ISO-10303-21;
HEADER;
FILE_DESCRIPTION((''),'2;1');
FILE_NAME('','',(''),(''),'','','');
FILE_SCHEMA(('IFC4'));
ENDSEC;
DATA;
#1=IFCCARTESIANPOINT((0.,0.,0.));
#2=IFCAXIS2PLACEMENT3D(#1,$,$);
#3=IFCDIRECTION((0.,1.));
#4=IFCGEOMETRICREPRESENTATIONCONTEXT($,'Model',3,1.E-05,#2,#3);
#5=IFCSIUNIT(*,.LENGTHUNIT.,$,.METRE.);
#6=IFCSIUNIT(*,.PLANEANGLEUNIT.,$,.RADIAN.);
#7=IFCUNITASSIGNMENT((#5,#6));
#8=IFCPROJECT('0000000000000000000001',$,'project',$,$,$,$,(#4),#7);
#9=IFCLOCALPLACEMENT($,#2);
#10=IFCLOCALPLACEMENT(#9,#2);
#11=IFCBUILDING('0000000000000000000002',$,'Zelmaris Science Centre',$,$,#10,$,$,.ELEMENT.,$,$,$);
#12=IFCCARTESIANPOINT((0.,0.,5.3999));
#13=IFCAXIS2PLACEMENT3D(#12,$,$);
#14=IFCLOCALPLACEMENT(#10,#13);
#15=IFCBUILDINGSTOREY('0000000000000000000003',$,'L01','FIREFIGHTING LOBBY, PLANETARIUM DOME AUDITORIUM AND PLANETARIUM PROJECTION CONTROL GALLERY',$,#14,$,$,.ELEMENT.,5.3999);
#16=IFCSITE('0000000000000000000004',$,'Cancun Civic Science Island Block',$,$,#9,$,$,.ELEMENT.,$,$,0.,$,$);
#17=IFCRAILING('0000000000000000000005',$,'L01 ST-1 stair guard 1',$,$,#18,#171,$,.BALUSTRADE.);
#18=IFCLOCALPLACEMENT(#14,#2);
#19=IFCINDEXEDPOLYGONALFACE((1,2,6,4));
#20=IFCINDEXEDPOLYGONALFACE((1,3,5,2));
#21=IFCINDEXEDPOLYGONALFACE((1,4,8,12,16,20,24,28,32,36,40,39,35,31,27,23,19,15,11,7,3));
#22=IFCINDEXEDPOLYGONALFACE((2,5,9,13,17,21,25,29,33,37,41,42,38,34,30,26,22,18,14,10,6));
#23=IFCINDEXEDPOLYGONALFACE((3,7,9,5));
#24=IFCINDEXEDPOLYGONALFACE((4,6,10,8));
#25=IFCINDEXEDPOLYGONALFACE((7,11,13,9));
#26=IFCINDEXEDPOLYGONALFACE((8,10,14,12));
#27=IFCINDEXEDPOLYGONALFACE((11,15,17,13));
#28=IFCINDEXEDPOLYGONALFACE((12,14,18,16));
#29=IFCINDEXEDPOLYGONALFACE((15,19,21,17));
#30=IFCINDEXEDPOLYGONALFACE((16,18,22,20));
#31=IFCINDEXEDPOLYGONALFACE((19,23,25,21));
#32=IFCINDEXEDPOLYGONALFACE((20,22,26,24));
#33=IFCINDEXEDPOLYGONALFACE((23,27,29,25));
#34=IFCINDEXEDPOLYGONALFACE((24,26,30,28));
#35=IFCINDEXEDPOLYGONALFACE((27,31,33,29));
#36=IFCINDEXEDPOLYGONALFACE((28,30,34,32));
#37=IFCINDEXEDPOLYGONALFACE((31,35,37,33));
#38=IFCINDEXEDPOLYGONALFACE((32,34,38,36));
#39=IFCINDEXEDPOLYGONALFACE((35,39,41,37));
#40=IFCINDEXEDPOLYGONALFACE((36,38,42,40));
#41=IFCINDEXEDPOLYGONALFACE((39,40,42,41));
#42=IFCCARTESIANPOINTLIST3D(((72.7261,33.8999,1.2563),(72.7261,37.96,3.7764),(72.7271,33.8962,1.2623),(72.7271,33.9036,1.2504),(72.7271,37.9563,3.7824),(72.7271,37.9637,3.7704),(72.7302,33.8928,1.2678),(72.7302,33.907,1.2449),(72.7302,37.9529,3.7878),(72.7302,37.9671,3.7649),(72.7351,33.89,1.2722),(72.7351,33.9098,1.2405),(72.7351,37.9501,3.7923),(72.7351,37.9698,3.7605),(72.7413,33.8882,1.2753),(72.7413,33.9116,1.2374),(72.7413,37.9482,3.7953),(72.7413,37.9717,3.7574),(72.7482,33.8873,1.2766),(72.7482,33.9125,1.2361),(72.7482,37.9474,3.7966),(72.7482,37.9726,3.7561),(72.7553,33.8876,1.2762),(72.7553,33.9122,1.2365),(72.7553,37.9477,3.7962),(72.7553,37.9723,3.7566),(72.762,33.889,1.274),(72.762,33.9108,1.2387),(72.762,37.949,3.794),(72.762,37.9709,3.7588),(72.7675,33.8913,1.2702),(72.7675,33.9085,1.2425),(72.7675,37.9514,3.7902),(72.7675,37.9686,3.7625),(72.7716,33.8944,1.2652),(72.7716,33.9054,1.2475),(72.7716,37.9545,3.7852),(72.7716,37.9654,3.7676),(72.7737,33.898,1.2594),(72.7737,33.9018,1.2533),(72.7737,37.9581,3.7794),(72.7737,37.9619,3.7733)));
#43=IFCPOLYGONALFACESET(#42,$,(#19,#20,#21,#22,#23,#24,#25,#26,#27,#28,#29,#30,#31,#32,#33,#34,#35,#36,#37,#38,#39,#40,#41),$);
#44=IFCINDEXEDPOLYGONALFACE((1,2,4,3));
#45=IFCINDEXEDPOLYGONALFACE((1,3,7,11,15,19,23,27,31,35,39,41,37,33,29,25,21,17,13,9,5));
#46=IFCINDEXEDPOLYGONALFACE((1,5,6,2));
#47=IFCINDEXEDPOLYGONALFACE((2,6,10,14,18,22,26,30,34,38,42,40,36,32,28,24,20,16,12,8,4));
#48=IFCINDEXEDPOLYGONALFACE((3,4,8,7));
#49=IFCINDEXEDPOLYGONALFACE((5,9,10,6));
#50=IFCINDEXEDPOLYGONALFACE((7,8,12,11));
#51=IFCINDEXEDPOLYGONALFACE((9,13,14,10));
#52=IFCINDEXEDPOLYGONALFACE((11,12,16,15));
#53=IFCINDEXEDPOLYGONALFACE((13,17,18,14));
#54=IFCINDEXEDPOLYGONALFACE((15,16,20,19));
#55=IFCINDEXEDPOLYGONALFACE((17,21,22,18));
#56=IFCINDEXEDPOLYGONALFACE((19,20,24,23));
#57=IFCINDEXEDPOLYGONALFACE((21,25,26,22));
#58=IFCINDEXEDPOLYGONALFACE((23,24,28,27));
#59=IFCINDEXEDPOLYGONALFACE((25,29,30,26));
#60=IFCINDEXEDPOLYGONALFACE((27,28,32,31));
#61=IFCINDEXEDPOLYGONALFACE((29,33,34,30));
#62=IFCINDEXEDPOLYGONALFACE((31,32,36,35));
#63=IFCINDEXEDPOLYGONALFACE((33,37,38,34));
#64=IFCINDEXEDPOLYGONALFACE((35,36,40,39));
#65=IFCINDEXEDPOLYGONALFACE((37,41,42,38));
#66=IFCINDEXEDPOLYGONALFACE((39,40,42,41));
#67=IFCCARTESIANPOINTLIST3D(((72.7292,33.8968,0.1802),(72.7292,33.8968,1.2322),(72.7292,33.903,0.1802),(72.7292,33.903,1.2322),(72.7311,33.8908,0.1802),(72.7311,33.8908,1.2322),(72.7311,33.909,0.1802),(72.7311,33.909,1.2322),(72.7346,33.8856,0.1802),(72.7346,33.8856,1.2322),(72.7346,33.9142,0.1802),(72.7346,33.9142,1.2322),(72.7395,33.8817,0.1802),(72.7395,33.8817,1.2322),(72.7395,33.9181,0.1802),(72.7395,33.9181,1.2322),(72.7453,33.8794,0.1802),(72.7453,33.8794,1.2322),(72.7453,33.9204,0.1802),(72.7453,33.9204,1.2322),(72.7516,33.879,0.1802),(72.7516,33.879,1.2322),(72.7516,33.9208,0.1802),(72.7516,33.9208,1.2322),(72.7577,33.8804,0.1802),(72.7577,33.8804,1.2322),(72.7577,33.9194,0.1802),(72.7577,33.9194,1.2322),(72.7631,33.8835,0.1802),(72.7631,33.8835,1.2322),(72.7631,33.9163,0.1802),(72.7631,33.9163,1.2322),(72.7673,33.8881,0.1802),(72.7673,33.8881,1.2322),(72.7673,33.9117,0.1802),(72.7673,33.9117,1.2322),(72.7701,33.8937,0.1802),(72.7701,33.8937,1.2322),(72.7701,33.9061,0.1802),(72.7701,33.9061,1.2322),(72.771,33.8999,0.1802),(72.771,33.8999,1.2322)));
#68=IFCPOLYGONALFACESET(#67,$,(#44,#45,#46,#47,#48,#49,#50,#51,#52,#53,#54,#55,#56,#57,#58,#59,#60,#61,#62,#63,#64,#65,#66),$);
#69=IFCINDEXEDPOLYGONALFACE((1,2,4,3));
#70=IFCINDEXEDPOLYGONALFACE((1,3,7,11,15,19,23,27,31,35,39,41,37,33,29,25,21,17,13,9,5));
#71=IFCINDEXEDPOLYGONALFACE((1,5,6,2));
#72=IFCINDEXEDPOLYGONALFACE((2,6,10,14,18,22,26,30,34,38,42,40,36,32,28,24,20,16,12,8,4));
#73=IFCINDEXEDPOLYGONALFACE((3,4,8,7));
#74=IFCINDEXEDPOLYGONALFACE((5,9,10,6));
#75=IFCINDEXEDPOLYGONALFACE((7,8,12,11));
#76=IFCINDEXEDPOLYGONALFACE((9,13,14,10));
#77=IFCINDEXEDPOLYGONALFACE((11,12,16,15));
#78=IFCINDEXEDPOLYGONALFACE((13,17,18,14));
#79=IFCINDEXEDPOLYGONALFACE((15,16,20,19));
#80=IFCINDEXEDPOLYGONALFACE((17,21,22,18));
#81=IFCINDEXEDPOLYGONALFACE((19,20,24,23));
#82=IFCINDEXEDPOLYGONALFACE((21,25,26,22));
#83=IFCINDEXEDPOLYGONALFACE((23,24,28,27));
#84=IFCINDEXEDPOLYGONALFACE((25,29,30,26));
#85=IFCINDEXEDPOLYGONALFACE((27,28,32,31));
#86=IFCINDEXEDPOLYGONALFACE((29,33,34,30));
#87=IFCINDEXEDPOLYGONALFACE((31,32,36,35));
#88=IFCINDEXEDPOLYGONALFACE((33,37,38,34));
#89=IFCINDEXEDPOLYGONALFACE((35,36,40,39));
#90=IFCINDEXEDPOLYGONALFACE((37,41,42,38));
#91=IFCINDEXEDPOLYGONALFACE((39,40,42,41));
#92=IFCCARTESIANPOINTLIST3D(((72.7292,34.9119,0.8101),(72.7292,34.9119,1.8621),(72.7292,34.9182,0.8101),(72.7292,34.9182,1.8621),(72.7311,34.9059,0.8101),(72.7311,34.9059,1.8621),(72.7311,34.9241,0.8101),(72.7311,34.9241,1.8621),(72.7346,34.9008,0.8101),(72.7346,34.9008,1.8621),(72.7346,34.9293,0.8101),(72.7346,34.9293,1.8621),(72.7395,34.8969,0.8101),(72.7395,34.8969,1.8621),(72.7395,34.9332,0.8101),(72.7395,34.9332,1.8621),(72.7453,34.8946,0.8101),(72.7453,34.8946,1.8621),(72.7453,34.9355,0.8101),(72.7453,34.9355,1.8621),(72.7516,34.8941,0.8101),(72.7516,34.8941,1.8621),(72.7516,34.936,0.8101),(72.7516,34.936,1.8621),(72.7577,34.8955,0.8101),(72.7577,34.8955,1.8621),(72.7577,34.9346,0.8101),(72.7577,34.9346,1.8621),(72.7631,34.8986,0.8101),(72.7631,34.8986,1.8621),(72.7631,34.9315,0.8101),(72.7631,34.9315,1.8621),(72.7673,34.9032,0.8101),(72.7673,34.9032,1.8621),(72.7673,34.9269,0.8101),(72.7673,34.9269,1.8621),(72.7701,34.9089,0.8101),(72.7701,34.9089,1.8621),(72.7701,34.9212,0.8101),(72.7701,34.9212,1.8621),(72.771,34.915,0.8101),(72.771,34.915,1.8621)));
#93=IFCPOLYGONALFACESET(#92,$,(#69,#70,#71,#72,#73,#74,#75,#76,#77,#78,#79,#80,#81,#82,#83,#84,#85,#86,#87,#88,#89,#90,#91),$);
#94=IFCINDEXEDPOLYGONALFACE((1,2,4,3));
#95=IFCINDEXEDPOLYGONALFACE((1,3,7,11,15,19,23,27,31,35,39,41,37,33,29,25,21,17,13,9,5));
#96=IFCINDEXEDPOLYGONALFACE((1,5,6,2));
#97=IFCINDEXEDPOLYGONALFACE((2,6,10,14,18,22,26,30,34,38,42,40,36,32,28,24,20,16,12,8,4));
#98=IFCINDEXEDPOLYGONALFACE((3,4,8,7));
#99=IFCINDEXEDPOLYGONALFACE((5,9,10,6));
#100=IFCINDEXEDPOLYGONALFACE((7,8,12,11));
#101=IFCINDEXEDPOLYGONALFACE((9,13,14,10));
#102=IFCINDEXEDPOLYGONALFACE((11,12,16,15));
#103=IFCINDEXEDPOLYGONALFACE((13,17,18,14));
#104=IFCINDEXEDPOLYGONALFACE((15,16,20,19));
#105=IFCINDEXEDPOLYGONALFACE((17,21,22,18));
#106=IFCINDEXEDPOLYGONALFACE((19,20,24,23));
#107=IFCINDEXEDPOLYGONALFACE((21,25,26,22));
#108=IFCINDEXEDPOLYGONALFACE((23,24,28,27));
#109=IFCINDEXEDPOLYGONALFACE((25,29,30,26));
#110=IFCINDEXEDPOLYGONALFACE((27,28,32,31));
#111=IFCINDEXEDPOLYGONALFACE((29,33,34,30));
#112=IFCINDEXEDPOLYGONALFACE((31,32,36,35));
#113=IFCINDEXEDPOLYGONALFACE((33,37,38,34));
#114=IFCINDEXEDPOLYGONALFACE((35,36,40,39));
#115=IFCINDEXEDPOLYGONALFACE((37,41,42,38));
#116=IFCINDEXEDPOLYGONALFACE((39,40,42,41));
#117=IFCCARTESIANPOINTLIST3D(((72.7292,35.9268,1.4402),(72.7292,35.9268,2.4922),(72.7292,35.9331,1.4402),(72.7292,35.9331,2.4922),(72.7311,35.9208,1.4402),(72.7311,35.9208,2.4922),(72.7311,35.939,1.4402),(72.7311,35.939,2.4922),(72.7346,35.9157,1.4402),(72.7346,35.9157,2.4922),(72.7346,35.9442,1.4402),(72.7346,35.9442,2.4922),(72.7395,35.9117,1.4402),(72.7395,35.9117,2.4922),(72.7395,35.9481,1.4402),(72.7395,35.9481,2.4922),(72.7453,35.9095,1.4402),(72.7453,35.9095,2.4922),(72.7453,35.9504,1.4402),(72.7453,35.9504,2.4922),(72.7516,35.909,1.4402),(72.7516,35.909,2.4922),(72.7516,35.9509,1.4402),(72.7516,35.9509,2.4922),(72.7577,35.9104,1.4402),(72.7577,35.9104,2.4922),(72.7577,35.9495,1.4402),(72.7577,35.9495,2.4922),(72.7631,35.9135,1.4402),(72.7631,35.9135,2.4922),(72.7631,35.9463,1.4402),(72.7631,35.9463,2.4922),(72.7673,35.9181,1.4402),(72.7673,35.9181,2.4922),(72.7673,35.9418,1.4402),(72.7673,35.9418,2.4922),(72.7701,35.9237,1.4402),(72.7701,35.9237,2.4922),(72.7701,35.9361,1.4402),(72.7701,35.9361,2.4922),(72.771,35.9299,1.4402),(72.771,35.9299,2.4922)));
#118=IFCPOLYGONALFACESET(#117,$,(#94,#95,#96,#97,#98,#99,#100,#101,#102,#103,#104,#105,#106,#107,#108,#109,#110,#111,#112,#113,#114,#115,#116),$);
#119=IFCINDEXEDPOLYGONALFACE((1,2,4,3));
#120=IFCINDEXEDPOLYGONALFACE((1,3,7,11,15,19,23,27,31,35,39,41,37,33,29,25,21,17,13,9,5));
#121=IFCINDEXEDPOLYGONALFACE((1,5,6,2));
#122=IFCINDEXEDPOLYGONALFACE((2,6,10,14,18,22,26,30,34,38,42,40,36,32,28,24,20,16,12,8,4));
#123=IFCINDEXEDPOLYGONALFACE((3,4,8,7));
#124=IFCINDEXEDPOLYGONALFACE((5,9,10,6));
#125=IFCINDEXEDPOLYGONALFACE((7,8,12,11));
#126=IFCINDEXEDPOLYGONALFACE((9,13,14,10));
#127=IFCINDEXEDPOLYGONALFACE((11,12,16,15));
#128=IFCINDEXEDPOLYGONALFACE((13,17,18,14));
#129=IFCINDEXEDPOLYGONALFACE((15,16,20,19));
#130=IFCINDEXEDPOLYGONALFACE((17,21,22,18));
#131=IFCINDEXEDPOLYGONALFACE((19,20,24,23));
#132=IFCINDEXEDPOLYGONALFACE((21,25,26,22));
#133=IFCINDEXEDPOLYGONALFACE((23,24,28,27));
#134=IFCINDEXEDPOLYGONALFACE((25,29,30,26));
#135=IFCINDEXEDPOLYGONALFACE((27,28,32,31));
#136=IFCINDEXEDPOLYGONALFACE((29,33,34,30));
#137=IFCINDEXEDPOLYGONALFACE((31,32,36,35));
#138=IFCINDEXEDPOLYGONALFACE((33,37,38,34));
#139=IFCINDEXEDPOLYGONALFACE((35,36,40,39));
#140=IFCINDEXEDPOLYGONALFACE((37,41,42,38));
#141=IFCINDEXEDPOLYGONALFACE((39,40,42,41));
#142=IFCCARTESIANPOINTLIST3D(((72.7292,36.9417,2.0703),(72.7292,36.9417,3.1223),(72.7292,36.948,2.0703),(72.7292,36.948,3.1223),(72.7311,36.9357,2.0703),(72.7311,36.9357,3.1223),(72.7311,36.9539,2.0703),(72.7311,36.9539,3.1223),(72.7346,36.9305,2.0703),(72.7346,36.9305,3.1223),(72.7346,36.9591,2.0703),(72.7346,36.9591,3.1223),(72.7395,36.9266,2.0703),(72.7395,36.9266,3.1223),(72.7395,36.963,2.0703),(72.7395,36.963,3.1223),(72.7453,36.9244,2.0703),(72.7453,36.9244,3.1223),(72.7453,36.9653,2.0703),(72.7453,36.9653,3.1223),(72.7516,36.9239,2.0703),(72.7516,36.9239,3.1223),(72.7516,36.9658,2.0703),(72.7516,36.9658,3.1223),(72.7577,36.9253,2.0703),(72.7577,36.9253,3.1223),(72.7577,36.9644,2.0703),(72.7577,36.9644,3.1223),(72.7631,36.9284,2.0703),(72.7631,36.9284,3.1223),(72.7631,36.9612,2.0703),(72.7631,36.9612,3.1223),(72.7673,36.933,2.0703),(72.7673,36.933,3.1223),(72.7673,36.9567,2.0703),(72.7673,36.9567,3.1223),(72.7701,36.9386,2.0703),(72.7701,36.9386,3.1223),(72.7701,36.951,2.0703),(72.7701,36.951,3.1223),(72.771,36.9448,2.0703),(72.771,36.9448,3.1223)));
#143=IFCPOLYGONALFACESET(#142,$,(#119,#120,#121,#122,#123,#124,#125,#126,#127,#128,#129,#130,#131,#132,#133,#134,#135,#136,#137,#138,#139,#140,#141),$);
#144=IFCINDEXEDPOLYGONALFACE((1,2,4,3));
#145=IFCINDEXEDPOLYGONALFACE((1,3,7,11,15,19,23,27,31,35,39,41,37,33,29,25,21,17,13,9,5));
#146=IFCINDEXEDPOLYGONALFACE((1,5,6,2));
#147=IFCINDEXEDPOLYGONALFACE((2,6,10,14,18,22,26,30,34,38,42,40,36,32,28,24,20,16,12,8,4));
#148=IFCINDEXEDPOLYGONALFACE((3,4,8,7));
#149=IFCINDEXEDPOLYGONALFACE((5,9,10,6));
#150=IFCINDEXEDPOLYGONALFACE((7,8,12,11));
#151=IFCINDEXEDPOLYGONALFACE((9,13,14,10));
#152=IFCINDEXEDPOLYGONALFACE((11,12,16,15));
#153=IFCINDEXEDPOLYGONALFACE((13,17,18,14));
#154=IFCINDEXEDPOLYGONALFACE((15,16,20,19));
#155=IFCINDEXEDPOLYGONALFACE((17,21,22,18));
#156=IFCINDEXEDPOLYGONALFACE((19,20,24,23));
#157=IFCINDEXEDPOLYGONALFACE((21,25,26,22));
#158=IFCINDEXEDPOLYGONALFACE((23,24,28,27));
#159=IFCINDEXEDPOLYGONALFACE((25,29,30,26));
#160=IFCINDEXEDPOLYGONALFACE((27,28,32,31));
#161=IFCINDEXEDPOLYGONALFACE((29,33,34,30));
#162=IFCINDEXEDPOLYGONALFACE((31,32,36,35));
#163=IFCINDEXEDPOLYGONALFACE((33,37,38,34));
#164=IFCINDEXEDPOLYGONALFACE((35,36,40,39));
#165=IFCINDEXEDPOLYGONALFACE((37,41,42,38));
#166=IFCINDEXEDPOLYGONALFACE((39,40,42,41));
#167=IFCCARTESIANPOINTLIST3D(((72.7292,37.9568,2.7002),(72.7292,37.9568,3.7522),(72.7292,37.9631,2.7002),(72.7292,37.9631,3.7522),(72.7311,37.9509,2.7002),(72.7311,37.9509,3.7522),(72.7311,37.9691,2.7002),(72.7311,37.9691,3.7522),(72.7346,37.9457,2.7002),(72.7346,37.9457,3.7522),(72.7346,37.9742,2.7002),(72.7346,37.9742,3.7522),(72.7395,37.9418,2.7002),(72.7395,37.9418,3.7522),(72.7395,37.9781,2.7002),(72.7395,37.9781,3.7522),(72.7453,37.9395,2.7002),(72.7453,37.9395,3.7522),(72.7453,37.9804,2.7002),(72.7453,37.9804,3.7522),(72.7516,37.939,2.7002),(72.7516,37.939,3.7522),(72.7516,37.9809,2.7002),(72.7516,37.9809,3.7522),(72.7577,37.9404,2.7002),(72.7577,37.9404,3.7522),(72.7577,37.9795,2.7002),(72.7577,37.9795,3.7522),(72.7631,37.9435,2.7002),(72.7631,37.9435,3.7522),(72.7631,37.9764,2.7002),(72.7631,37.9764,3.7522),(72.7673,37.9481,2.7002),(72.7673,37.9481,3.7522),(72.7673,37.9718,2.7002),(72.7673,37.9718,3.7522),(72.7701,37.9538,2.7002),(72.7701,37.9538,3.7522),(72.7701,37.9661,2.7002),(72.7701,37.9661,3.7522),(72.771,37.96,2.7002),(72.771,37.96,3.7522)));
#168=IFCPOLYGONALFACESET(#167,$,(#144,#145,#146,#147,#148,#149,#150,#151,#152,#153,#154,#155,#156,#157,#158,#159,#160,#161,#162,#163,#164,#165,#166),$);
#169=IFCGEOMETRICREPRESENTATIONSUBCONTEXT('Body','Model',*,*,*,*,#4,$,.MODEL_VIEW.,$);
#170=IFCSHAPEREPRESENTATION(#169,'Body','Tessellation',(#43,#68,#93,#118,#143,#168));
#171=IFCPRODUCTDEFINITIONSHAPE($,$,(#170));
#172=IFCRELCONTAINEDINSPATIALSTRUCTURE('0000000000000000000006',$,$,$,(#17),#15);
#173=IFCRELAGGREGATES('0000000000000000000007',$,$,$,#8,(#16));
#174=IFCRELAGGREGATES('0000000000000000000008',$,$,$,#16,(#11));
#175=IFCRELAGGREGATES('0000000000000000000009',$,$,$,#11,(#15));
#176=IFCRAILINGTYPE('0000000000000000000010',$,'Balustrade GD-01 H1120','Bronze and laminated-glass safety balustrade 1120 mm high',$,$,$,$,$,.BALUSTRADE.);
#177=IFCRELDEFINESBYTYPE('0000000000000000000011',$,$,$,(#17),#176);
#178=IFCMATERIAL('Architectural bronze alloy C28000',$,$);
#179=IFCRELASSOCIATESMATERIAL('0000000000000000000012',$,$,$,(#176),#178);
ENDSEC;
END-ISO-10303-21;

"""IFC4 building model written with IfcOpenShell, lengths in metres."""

from ifc_helpers import new_model, si_unit, direction, frame, origin, origin_2d, place, context, subcontext, project, spatial, circle, extrude, material, type_object, element, save


model = new_model("IFC4")

# Units and contexts
model_context = context("Model", 3, precision=1e-05, world=origin(), true_north=direction((0.0, 1.0)))
body_context = subcontext(model_context, "Body", "Model", "MODEL_VIEW")
ifc_project = project(units=[si_unit("LENGTHUNIT", "METRE"), si_unit("PLANEANGLEUNIT", "RADIAN")], contexts=[model_context])

# Site, building, storey
site_placement = place(None, origin())
site = spatial("IfcSite", under=ifc_project, at=site_placement, Name="Cancun Civic Science Island Block", CompositionType="ELEMENT", RefElevation=0.0)
building_placement = place(site_placement, origin())
building = spatial("IfcBuilding", under=site, at=building_placement, Name="Zelmaris Science Centre", CompositionType="ELEMENT")
storey_placement = place(building_placement, frame((0.0, 0.0, 5.3999)))
storey = spatial("IfcBuildingStorey", under=building, at=storey_placement, Name="L01", Description="FIREFIGHTING LOBBY, PLANETARIUM DOME AUDITORIUM AND PLANETARIUM PROJECTION CONTROL GALLERY", CompositionType="ELEMENT", Elevation=5.3999)

# Railing
ifc_material_1 = material(Name="Architectural bronze alloy C28000")
railing_type_1 = type_object("IfcRailingType", Name="Balustrade GD-01 H1120", Description="Bronze and laminated-glass safety balustrade 1120 mm high", PredefinedType="BALUSTRADE", material=ifc_material_1)
railing_1_placement = place(storey_placement, frame((72.75, 33.8999, 0.1802)))
element("IfcRailing", 1, at=railing_1_placement, inside=storey, type_object=railing_type_1, Name="L01 ST-1 stair guard 1", PredefinedType="BALUSTRADE", context=body_context, shape_type="SweptSolid", body=[
    extrude(circle(Radius=0.0239, at=origin_2d()), frame((0.0, 0.0, 1.0762), z_axis=(0.0, 0.849642, 0.52736), x_axis=(-1.0, 0.0, 0.0)), (0.0, 0.0, 1.0), 4.7786),
    extrude(circle(Radius=0.021, at=origin_2d()), origin(), (0.0, 0.0, 1.0), 1.052),
    extrude(circle(Radius=0.021, at=origin_2d()), frame((0.0, 1.0151, 0.6299)), (0.0, 0.0, 1.0), 1.052),
    extrude(circle(Radius=0.021, at=origin_2d()), frame((0.0, 2.03, 1.26)), (0.0, 0.0, 1.0), 1.052),
    extrude(circle(Radius=0.021, at=origin_2d()), frame((0.0, 3.0449, 1.8901)), (0.0, 0.0, 1.0), 1.052),
    extrude(circle(Radius=0.021, at=origin_2d()), frame((0.0, 4.0601, 2.52)), (0.0, 0.0, 1.0), 1.052),
])

save(model, "model.ifc")
